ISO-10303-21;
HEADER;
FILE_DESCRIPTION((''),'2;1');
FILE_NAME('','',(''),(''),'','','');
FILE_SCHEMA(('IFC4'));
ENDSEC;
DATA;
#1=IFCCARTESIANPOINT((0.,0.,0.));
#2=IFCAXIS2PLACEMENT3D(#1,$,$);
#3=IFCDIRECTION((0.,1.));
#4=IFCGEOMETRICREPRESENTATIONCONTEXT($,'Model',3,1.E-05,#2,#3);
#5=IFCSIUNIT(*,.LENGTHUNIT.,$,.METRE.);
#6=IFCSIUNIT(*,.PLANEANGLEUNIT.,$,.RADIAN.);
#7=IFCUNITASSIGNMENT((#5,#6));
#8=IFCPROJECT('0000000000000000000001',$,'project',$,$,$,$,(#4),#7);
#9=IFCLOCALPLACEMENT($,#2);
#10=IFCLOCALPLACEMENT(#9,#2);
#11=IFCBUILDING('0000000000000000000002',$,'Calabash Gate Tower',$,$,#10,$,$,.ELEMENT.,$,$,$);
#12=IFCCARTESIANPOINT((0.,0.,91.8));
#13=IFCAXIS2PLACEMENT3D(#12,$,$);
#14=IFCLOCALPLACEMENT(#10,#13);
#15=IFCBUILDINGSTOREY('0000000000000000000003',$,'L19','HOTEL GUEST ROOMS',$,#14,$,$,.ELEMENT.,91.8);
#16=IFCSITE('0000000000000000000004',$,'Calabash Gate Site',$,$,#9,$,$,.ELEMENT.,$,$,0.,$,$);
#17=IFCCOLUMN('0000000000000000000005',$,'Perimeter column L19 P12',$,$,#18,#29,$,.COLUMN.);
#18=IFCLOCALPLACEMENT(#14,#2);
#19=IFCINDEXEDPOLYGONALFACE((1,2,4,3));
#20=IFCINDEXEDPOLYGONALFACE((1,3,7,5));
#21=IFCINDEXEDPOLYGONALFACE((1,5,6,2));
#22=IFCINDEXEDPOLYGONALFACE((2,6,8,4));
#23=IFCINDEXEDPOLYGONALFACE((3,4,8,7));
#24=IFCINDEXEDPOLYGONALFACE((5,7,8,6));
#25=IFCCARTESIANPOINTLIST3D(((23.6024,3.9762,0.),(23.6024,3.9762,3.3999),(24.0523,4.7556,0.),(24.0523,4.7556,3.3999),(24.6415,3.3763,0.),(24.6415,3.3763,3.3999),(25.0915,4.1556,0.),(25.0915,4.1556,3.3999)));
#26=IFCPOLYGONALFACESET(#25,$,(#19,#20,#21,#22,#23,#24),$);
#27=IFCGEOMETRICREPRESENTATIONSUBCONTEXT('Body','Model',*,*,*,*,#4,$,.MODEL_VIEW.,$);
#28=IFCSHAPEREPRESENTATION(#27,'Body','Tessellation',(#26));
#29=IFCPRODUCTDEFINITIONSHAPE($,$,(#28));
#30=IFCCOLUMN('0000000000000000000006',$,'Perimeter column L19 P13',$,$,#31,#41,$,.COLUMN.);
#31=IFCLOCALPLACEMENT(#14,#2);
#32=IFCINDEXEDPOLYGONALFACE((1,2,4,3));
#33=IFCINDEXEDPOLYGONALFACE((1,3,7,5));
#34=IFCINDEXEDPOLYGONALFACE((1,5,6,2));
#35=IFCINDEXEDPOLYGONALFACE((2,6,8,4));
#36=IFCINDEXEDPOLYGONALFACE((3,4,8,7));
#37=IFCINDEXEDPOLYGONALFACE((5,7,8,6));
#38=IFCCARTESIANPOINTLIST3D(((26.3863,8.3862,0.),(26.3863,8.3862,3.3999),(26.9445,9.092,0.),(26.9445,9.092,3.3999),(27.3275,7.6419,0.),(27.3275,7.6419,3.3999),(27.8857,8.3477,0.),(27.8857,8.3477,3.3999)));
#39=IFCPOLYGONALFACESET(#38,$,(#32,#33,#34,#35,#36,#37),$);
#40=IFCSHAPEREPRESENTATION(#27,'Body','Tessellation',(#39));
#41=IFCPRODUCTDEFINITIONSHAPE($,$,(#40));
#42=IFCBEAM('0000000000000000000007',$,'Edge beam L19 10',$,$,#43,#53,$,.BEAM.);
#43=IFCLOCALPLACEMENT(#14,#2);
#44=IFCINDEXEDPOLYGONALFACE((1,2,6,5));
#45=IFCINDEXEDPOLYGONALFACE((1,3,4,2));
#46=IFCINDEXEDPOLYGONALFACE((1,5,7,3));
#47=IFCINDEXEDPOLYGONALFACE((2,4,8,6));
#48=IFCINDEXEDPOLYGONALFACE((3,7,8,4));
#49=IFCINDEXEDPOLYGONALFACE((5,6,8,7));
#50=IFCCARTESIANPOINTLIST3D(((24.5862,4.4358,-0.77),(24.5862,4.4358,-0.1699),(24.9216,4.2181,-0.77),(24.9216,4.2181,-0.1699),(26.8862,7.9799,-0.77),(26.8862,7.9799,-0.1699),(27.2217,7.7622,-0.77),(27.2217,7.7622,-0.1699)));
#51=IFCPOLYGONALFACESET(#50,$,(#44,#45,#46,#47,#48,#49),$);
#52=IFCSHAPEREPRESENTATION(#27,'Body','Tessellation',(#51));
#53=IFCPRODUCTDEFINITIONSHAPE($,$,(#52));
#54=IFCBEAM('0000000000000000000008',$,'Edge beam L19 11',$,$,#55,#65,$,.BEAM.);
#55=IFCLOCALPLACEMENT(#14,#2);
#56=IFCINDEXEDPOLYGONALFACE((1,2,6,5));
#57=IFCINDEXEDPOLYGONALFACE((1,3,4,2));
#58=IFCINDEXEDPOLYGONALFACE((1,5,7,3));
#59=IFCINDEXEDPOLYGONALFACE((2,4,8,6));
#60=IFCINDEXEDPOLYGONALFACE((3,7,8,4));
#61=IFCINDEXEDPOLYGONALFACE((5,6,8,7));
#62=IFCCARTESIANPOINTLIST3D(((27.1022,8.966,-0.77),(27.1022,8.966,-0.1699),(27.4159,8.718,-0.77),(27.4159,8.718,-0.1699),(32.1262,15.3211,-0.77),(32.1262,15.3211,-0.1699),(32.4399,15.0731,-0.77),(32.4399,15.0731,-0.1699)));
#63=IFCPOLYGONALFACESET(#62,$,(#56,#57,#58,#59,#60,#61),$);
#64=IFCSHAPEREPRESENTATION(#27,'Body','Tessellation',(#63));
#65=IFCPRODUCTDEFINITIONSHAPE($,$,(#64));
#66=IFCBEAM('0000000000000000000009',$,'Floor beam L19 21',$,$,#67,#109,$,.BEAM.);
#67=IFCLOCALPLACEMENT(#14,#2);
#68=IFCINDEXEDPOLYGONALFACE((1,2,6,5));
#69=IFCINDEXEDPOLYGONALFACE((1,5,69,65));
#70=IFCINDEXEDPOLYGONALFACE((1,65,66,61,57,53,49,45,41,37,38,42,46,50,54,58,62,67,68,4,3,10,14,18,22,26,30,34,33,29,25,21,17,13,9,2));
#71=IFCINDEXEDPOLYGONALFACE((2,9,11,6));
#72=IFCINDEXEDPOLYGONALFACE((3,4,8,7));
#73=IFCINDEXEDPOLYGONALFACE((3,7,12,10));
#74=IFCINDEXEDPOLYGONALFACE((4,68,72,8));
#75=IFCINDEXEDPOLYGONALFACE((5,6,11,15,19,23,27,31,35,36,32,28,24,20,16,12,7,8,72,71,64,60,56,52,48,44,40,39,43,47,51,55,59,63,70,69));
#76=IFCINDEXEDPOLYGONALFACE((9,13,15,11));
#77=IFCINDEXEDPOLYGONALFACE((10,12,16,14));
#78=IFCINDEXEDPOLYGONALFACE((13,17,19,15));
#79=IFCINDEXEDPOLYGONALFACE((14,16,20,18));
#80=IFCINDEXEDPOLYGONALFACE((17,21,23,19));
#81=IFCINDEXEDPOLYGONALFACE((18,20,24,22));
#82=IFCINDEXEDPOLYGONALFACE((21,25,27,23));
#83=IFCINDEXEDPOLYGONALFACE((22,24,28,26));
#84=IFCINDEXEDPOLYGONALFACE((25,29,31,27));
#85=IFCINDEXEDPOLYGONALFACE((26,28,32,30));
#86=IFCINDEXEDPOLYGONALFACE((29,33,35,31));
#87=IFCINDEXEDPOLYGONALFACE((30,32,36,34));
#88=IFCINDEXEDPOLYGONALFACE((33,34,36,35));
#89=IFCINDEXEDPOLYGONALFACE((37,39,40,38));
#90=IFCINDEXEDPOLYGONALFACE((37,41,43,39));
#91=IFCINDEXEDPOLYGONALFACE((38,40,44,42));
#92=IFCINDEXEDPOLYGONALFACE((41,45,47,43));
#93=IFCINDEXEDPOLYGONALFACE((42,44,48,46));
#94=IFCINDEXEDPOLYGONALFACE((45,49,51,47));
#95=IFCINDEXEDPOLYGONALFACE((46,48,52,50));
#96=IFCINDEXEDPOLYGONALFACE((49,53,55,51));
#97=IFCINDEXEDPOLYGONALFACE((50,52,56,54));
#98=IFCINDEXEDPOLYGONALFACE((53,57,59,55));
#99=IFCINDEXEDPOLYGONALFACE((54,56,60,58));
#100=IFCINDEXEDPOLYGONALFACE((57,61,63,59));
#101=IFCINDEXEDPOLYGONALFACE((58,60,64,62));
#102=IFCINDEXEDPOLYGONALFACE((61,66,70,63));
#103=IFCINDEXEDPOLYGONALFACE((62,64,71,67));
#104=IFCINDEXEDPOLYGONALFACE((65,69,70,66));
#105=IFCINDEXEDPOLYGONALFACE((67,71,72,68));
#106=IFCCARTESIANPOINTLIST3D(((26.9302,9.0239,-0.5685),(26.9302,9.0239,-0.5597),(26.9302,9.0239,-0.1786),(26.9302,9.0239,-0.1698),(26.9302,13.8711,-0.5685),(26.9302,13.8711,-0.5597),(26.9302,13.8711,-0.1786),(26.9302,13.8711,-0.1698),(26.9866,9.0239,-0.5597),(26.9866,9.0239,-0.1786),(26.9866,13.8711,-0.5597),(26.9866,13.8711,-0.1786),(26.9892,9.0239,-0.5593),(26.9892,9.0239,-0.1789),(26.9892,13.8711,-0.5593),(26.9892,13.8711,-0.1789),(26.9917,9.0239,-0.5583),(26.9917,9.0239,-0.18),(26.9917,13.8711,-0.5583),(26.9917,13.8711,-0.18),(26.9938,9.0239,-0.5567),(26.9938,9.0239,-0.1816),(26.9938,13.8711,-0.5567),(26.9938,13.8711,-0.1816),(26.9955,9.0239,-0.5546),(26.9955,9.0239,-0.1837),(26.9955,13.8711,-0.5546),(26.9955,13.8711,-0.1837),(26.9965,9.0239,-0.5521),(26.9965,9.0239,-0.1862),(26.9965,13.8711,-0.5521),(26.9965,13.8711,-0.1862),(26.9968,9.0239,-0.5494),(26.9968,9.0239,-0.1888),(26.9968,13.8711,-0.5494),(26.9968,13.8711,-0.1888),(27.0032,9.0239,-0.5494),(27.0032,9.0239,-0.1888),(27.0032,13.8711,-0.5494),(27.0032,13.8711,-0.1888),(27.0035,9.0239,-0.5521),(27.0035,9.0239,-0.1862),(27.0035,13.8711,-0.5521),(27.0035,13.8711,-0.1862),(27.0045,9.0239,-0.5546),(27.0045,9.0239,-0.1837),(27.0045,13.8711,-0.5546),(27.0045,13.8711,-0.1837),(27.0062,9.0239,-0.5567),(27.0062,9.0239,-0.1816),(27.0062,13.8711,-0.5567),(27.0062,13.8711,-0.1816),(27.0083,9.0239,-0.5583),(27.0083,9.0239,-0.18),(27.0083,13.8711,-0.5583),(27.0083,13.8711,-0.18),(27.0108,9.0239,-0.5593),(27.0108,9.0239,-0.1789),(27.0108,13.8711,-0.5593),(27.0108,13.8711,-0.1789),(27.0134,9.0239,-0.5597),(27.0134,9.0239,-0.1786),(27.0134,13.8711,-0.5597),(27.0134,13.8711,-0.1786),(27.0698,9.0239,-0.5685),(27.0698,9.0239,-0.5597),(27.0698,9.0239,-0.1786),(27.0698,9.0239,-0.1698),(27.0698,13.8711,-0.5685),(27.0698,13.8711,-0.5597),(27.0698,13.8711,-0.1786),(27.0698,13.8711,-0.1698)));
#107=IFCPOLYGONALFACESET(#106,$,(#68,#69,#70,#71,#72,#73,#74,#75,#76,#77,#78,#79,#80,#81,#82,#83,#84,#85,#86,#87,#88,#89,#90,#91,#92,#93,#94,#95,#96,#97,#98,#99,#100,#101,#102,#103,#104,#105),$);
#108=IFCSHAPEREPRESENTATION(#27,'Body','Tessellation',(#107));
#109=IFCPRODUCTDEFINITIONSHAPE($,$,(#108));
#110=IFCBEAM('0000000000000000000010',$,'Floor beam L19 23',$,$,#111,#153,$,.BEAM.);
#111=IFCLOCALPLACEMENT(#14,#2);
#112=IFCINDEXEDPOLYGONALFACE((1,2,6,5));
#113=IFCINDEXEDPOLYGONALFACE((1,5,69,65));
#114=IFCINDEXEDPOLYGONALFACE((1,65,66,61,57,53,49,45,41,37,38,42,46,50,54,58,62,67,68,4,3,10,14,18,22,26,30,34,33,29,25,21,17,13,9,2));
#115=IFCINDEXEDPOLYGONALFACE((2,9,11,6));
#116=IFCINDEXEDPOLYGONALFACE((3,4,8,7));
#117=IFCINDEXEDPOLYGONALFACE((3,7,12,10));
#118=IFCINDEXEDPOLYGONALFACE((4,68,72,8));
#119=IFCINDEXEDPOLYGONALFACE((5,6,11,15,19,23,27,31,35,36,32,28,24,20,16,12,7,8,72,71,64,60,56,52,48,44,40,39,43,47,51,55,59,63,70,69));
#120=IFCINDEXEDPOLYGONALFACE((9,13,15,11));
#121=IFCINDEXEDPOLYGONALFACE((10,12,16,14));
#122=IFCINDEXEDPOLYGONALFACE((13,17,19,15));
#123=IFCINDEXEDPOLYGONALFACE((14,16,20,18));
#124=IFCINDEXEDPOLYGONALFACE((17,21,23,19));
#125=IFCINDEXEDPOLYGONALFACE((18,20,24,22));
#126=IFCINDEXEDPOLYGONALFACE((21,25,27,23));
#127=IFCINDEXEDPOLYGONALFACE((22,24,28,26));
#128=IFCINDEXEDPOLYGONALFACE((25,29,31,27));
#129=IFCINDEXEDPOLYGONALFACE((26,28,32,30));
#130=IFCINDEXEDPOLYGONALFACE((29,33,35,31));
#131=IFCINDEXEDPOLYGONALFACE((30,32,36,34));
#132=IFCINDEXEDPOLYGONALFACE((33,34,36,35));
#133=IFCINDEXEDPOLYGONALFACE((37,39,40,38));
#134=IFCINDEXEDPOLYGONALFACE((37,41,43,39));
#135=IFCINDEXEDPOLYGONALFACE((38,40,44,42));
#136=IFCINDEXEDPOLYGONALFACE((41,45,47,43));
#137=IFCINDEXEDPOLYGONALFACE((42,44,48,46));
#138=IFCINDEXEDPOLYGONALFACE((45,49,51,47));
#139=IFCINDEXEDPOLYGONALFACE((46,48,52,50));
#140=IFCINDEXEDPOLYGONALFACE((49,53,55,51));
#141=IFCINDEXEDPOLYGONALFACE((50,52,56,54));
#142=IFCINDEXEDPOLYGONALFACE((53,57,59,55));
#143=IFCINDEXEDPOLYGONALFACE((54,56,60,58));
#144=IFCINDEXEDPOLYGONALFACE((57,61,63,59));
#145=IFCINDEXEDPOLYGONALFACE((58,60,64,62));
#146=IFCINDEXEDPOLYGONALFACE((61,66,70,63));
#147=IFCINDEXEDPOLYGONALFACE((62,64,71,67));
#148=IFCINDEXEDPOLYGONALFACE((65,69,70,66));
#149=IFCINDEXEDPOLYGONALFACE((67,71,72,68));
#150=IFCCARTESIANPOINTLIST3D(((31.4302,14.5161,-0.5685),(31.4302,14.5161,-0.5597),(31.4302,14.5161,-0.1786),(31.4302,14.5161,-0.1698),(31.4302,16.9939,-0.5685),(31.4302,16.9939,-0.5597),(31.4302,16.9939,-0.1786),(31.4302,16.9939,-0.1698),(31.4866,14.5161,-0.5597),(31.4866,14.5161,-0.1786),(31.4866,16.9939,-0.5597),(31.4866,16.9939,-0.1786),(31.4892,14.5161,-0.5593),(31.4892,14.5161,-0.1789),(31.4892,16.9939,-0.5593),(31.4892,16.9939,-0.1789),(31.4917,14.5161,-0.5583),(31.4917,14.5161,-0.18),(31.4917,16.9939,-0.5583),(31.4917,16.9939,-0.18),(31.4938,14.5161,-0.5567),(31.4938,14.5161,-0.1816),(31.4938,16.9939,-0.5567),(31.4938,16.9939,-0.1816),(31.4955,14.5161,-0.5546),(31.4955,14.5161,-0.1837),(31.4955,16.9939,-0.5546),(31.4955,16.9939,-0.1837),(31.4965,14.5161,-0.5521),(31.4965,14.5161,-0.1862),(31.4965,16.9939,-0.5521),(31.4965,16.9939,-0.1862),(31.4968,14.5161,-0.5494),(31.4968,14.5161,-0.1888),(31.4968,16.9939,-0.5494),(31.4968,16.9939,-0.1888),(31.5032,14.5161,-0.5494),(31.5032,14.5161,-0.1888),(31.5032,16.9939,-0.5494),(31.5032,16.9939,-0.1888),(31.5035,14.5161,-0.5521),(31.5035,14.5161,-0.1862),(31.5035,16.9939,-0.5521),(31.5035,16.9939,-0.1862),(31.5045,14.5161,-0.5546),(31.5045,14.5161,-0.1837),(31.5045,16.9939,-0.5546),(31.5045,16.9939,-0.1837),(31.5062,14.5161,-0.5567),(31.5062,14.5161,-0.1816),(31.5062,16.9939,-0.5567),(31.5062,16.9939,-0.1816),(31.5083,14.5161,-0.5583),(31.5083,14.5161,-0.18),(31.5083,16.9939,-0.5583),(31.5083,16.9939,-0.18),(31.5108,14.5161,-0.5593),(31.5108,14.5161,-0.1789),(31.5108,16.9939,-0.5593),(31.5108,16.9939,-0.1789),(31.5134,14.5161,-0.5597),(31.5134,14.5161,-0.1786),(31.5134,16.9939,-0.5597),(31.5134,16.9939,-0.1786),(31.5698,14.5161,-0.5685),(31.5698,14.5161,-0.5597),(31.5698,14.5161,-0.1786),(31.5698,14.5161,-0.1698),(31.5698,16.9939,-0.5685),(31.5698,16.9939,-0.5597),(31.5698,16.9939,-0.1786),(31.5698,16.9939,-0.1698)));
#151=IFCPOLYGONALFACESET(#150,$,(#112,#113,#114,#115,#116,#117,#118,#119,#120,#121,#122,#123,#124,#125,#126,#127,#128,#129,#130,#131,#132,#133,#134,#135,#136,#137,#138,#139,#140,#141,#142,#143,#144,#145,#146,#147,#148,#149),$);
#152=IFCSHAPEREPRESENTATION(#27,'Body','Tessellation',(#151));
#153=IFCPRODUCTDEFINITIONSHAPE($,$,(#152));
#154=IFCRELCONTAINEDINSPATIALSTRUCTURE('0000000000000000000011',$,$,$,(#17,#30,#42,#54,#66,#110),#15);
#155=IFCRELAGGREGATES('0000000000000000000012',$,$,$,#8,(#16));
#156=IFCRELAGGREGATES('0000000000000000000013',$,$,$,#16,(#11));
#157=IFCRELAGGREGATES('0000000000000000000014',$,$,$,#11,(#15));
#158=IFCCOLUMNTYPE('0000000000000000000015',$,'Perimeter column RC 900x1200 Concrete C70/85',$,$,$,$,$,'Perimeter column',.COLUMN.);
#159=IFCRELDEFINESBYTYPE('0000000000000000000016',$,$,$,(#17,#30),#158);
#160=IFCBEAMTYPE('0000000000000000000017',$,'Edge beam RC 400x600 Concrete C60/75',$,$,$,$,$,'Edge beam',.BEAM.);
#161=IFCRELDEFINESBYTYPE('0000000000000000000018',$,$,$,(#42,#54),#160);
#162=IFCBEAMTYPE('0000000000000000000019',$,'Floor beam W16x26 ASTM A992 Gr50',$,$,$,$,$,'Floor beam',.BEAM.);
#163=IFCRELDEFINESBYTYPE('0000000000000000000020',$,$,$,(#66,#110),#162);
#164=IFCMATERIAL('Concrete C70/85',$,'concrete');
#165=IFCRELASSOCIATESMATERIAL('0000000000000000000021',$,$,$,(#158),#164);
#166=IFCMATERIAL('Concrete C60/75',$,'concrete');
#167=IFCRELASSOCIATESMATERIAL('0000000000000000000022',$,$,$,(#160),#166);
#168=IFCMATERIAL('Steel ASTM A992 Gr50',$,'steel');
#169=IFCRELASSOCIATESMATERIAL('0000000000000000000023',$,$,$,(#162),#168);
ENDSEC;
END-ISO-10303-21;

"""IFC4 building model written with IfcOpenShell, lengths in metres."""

from ifc_helpers import new_model, si_unit, direction, frame, origin, origin_2d, place, context, subcontext, project, spatial, rectangle, i_section, extrude, material, material_profile, profile_set, type_object, element, save


model = new_model("IFC4")

# Units and contexts
model_context = context("Model", 3, precision=1e-05, world=origin(), true_north=direction((0.0, 1.0)))
body_context = subcontext(model_context, "Body", "Model", "MODEL_VIEW")
ifc_project = project(units=[si_unit("LENGTHUNIT", "METRE"), si_unit("PLANEANGLEUNIT", "RADIAN")], contexts=[model_context])

# Site, building, storey
site_placement = place(None, origin())
site = spatial("IfcSite", under=ifc_project, at=site_placement, Name="Calabash Gate Site", CompositionType="ELEMENT", RefElevation=0.0)
building_placement = place(site_placement, origin())
building = spatial("IfcBuilding", under=site, at=building_placement, Name="Calabash Gate Tower", CompositionType="ELEMENT")
storey_placement = place(building_placement, frame((0.0, 0.0, 91.8)))
storey = spatial("IfcBuildingStorey", under=building, at=storey_placement, Name="L19", Description="HOTEL GUEST ROOMS", CompositionType="ELEMENT", Elevation=91.8)

# Columns
ifc_material_1 = material(Name="Concrete C70/85", Category="concrete")
ifc_material_profile_1 = material_profile(ifc_material_1, rectangle(XDim=0.8999, YDim=1.2, at=origin_2d()))
ifc_profile_set_1 = profile_set([ifc_material_profile_1], Name="Concrete C70/85")
column_type = type_object("IfcColumnType", Name="Perimeter column RC 900x1200 Concrete C70/85", ElementType="Perimeter column", PredefinedType="COLUMN", material=ifc_profile_set_1)
for number, where, z_axis, x_axis, name in (
    (1, (24.3469, 4.0659, 0.0), (0.0, 0.0, 1.0), (0.5, 0.866025, 0.0), "Perimeter column L19 P12"),
    (2, (27.136, 8.3669, 0.0), (0.0, 0.0, 1.0), (0.620301, 0.784364, 0.0), "Perimeter column L19 P13"),
):
    element("IfcColumn", number, at=place(storey_placement, frame(where, z_axis=z_axis, x_axis=x_axis)), inside=storey, type_object=column_type, Name=name, PredefinedType="COLUMN", context=body_context, shape_type="SweptSolid", body=[
        extrude(rectangle(XDim=0.8999, YDim=1.2, at=origin_2d()), origin(), (0.0, 0.0, 1.0), 3.3999),
    ])

# Beams
ifc_material_2 = material(Name="Concrete C60/75", Category="concrete")
ifc_material_profile_2 = material_profile(ifc_material_2, rectangle(XDim=0.3999, YDim=0.6001, at=origin_2d()))
ifc_profile_set_2 = profile_set([ifc_material_profile_2], Name="Concrete C60/75")
beam_type_1 = type_object("IfcBeamType", Name="Edge beam RC 400x600 Concrete C60/75", ElementType="Edge beam", PredefinedType="BEAM", material=ifc_profile_set_2)
beam_1_placement = place(storey_placement, frame((24.7539, 4.3269, -0.47), z_axis=(0.544377, 0.838841, 0.0), x_axis=(-0.838841, 0.544377, 0.0)))
element("IfcBeam", 3, at=beam_1_placement, inside=storey, type_object=beam_type_1, Name="Edge beam L19 10", PredefinedType="BEAM", context=body_context, shape_type="SweptSolid", body=[
    extrude(rectangle(XDim=0.3999, YDim=0.6001, at=origin_2d()), origin(), (0.0, 0.0, 1.0), 4.2251),
])
beam_2_placement = place(storey_placement, frame((27.259, 8.842, -0.47), z_axis=(0.620164, 0.784472, 0.0), x_axis=(-0.784472, 0.620164, 0.0)))
element("IfcBeam", 4, at=beam_2_placement, inside=storey, type_object=beam_type_1, Name="Edge beam L19 11", PredefinedType="BEAM", context=body_context, shape_type="SweptSolid", body=[
    extrude(rectangle(XDim=0.3999, YDim=0.6001, at=origin_2d()), origin(), (0.0, 0.0, 1.0), 8.1011),
])
ifc_material_3 = material(Name="Steel ASTM A992 Gr50", Category="steel")
ifc_material_profile_3 = material_profile(ifc_material_3, i_section(OverallWidth=0.1396, OverallDepth=0.3987, WebThickness=0.0063, FlangeThickness=0.0088, FilletRadius=0.0103, at=origin_2d()))
ifc_profile_set_3 = profile_set([ifc_material_profile_3], Name="Steel ASTM A992 Gr50")
beam_type_2 = type_object("IfcBeamType", Name="Floor beam W16x26 ASTM A992 Gr50", ElementType="Floor beam", PredefinedType="BEAM", material=ifc_profile_set_3)
beam_3_placement = place(storey_placement, frame((27.0, 9.0239, -0.3691), z_axis=(0.0, 1.0, 0.0), x_axis=(-1.0, 0.0, 0.0)))
element("IfcBeam", 5, at=beam_3_placement, inside=storey, type_object=beam_type_2, Name="Floor beam L19 21", PredefinedType="BEAM", context=body_context, shape_type="SweptSolid", body=[
    extrude(i_section(OverallWidth=0.1396, OverallDepth=0.3987, WebThickness=0.0063, FlangeThickness=0.0088, FilletRadius=0.0103, at=origin_2d()), origin(), (0.0, 0.0, 1.0), 4.8472),
])
beam_4_placement = place(storey_placement, frame((31.5, 14.5161, -0.3691), z_axis=(0.0, 1.0, 0.0), x_axis=(-1.0, 0.0, 0.0)))
element("IfcBeam", 6, at=beam_4_placement, inside=storey, type_object=beam_type_2, Name="Floor beam L19 23", PredefinedType="BEAM", context=body_context, shape_type="SweptSolid", body=[
    extrude(i_section(OverallWidth=0.1396, OverallDepth=0.3987, WebThickness=0.0063, FlangeThickness=0.0088, FilletRadius=0.0103, at=origin_2d()), origin(), (0.0, 0.0, 1.0), 2.4778),
])

save(model, "model.ifc")
